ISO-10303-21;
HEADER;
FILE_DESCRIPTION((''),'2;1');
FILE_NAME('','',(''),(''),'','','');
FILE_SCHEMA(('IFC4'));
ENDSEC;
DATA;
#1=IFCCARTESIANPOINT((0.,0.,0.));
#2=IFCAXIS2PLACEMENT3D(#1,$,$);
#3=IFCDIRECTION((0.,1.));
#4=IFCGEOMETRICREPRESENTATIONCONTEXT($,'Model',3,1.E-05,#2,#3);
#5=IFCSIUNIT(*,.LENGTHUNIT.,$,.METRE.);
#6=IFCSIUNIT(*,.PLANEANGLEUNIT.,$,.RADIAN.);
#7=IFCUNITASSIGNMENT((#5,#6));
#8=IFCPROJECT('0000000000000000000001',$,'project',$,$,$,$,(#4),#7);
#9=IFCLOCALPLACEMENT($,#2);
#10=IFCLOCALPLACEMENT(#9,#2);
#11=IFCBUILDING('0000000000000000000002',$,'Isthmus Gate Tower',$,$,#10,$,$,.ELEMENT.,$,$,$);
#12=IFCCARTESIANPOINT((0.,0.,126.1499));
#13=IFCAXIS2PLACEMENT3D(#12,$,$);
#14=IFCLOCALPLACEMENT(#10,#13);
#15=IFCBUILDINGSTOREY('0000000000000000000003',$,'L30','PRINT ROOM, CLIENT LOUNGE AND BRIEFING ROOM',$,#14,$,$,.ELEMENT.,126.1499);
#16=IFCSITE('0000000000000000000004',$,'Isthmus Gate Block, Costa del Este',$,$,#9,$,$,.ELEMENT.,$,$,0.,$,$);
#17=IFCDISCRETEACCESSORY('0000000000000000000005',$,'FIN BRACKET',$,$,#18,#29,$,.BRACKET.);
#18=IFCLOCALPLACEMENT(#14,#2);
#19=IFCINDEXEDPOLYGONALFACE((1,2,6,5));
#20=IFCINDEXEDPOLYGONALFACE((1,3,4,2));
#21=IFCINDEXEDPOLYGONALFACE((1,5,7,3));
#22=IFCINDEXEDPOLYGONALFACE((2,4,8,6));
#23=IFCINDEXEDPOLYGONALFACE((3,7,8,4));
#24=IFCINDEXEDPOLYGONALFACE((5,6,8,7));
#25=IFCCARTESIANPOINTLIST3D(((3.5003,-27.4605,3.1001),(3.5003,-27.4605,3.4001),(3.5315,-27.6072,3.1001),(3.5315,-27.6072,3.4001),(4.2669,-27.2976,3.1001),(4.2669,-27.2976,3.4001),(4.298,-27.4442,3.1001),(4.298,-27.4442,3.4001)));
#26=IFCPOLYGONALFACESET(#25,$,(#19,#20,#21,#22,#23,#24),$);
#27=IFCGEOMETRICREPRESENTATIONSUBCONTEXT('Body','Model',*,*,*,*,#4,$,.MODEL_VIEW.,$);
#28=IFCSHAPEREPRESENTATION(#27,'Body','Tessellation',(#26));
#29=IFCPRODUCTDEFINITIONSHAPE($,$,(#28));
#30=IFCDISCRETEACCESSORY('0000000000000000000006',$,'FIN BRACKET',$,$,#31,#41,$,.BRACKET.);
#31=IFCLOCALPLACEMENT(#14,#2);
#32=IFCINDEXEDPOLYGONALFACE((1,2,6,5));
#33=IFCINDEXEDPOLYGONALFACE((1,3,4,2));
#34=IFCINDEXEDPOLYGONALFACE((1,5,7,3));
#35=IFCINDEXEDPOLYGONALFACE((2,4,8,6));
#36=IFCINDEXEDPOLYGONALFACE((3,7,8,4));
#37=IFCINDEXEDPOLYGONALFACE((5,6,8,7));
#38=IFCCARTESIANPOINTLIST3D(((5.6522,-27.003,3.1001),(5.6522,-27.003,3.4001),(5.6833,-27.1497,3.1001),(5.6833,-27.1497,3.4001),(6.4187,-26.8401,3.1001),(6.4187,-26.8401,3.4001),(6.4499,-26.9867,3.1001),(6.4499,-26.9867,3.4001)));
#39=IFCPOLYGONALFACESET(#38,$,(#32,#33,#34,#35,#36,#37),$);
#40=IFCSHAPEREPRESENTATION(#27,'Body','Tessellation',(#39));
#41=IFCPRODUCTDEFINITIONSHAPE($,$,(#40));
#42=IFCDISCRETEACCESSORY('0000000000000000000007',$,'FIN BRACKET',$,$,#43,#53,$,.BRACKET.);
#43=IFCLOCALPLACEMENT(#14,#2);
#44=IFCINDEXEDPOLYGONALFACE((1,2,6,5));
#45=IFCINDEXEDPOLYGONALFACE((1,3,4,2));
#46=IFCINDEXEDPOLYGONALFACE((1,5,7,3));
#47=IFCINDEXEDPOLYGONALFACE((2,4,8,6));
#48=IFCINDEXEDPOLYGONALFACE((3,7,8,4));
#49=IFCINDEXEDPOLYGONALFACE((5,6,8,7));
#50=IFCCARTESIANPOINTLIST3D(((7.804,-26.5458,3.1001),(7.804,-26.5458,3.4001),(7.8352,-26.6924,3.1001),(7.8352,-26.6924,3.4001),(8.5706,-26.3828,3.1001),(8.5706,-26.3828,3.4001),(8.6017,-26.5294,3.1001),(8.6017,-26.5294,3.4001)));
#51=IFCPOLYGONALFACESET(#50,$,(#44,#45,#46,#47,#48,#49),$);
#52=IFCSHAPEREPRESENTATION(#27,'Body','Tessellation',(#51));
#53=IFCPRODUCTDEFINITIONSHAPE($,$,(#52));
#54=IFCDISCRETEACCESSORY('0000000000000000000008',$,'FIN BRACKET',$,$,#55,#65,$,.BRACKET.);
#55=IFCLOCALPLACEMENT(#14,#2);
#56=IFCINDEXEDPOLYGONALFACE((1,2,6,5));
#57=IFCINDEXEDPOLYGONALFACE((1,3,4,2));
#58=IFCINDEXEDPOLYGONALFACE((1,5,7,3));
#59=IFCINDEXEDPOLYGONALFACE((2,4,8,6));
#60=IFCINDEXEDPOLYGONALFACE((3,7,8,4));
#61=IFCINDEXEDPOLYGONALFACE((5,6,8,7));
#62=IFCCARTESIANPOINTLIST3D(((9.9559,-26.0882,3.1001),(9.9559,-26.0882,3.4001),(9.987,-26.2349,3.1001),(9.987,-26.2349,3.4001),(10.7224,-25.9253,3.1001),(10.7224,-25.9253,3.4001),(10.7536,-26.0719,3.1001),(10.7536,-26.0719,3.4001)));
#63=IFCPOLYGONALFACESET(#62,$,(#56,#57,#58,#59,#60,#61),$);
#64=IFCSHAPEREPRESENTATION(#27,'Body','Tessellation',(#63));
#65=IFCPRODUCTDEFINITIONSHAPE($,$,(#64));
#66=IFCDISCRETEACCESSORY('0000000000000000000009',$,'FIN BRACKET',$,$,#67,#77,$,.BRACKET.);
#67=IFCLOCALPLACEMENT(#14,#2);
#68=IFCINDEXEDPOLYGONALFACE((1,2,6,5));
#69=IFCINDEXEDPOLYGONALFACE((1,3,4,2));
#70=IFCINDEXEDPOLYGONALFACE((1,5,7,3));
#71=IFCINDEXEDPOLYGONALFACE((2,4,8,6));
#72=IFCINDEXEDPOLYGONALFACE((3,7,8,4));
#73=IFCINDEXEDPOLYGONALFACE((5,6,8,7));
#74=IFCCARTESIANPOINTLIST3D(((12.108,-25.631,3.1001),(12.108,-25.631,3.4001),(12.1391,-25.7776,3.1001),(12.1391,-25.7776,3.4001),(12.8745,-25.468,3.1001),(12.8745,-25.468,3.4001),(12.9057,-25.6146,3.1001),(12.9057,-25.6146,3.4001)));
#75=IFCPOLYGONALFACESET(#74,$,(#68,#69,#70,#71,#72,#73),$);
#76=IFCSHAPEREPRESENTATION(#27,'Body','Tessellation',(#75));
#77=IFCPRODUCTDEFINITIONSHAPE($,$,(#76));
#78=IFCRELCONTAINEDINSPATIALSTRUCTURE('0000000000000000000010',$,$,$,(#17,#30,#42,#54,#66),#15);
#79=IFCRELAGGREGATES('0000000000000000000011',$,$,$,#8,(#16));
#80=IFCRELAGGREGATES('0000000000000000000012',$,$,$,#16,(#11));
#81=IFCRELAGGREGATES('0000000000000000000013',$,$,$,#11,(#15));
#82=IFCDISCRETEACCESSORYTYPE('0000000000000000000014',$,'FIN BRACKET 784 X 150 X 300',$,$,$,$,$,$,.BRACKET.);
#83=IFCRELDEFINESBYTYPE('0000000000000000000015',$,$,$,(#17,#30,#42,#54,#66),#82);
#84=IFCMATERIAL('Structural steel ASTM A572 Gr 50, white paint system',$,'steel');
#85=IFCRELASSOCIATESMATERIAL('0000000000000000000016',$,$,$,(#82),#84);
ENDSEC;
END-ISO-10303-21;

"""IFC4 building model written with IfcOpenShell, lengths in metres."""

from ifc_helpers import new_model, si_unit, direction, frame, origin, origin_2d, place, context, subcontext, project, spatial, rectangle, extrude, material, type_object, element, save


model = new_model("IFC4")

# Units and contexts
model_context = context("Model", 3, precision=1e-05, world=origin(), true_north=direction((0.0, 1.0)))
body_context = subcontext(model_context, "Body", "Model", "MODEL_VIEW")
ifc_project = project(units=[si_unit("LENGTHUNIT", "METRE"), si_unit("PLANEANGLEUNIT", "RADIAN")], contexts=[model_context])

# Site, building, storey
site_placement = place(None, origin())
site = spatial("IfcSite", under=ifc_project, at=site_placement, Name="Isthmus Gate Block, Costa del Este", CompositionType="ELEMENT", RefElevation=0.0)
building_placement = place(site_placement, origin())
building = spatial("IfcBuilding", under=site, at=building_placement, Name="Isthmus Gate Tower", CompositionType="ELEMENT")
storey_placement = place(building_placement, frame((0.0, 0.0, 126.1499)))
storey = spatial("IfcBuildingStorey", under=building, at=storey_placement, Name="L30", Description="PRINT ROOM, CLIENT LOUNGE AND BRIEFING ROOM", CompositionType="ELEMENT", Elevation=126.1499)

# Discrete accessories
ifc_material_1 = material(Name="Structural steel ASTM A572 Gr 50, white paint system", Category="steel")
discrete_accessory_type = type_object("IfcDiscreteAccessoryType", Name="FIN BRACKET 784 X 150 X 300", PredefinedType="BRACKET", material=ifc_material_1)
for number, where, z_axis, x_axis, name in (
    (1, (3.8992, -27.4524, 3.1001), (0.0, 0.0, 1.0), (0.207912, -0.978148, 0.0), "FIN BRACKET"),
    (2, (6.051, -26.9949, 3.1001), (0.0, 0.0, 1.0), (0.207912, -0.978148, 0.0), "FIN BRACKET"),
    (3, (8.2029, -26.5376, 3.1001), (0.0, 0.0, 1.0), (0.207912, -0.978148, 0.0), "FIN BRACKET"),
    (4, (10.3547, -26.0801, 3.1001), (0.0, 0.0, 1.0), (0.207912, -0.978148, 0.0), "FIN BRACKET"),
    (5, (12.5068, -25.6228, 3.1001), (0.0, 0.0, 1.0), (0.207912, -0.978148, 0.0), "FIN BRACKET"),
):
    element("IfcDiscreteAccessory", number, at=place(storey_placement, frame(where, z_axis=z_axis, x_axis=x_axis)), inside=storey, type_object=discrete_accessory_type, Name=name, PredefinedType="BRACKET", context=body_context, shape_type="SweptSolid", body=[
        extrude(rectangle(XDim=0.1499, YDim=0.7837, at=origin_2d()), origin(), (0.0, 0.0, 1.0), 0.3),
    ])

save(model, "model.ifc")
